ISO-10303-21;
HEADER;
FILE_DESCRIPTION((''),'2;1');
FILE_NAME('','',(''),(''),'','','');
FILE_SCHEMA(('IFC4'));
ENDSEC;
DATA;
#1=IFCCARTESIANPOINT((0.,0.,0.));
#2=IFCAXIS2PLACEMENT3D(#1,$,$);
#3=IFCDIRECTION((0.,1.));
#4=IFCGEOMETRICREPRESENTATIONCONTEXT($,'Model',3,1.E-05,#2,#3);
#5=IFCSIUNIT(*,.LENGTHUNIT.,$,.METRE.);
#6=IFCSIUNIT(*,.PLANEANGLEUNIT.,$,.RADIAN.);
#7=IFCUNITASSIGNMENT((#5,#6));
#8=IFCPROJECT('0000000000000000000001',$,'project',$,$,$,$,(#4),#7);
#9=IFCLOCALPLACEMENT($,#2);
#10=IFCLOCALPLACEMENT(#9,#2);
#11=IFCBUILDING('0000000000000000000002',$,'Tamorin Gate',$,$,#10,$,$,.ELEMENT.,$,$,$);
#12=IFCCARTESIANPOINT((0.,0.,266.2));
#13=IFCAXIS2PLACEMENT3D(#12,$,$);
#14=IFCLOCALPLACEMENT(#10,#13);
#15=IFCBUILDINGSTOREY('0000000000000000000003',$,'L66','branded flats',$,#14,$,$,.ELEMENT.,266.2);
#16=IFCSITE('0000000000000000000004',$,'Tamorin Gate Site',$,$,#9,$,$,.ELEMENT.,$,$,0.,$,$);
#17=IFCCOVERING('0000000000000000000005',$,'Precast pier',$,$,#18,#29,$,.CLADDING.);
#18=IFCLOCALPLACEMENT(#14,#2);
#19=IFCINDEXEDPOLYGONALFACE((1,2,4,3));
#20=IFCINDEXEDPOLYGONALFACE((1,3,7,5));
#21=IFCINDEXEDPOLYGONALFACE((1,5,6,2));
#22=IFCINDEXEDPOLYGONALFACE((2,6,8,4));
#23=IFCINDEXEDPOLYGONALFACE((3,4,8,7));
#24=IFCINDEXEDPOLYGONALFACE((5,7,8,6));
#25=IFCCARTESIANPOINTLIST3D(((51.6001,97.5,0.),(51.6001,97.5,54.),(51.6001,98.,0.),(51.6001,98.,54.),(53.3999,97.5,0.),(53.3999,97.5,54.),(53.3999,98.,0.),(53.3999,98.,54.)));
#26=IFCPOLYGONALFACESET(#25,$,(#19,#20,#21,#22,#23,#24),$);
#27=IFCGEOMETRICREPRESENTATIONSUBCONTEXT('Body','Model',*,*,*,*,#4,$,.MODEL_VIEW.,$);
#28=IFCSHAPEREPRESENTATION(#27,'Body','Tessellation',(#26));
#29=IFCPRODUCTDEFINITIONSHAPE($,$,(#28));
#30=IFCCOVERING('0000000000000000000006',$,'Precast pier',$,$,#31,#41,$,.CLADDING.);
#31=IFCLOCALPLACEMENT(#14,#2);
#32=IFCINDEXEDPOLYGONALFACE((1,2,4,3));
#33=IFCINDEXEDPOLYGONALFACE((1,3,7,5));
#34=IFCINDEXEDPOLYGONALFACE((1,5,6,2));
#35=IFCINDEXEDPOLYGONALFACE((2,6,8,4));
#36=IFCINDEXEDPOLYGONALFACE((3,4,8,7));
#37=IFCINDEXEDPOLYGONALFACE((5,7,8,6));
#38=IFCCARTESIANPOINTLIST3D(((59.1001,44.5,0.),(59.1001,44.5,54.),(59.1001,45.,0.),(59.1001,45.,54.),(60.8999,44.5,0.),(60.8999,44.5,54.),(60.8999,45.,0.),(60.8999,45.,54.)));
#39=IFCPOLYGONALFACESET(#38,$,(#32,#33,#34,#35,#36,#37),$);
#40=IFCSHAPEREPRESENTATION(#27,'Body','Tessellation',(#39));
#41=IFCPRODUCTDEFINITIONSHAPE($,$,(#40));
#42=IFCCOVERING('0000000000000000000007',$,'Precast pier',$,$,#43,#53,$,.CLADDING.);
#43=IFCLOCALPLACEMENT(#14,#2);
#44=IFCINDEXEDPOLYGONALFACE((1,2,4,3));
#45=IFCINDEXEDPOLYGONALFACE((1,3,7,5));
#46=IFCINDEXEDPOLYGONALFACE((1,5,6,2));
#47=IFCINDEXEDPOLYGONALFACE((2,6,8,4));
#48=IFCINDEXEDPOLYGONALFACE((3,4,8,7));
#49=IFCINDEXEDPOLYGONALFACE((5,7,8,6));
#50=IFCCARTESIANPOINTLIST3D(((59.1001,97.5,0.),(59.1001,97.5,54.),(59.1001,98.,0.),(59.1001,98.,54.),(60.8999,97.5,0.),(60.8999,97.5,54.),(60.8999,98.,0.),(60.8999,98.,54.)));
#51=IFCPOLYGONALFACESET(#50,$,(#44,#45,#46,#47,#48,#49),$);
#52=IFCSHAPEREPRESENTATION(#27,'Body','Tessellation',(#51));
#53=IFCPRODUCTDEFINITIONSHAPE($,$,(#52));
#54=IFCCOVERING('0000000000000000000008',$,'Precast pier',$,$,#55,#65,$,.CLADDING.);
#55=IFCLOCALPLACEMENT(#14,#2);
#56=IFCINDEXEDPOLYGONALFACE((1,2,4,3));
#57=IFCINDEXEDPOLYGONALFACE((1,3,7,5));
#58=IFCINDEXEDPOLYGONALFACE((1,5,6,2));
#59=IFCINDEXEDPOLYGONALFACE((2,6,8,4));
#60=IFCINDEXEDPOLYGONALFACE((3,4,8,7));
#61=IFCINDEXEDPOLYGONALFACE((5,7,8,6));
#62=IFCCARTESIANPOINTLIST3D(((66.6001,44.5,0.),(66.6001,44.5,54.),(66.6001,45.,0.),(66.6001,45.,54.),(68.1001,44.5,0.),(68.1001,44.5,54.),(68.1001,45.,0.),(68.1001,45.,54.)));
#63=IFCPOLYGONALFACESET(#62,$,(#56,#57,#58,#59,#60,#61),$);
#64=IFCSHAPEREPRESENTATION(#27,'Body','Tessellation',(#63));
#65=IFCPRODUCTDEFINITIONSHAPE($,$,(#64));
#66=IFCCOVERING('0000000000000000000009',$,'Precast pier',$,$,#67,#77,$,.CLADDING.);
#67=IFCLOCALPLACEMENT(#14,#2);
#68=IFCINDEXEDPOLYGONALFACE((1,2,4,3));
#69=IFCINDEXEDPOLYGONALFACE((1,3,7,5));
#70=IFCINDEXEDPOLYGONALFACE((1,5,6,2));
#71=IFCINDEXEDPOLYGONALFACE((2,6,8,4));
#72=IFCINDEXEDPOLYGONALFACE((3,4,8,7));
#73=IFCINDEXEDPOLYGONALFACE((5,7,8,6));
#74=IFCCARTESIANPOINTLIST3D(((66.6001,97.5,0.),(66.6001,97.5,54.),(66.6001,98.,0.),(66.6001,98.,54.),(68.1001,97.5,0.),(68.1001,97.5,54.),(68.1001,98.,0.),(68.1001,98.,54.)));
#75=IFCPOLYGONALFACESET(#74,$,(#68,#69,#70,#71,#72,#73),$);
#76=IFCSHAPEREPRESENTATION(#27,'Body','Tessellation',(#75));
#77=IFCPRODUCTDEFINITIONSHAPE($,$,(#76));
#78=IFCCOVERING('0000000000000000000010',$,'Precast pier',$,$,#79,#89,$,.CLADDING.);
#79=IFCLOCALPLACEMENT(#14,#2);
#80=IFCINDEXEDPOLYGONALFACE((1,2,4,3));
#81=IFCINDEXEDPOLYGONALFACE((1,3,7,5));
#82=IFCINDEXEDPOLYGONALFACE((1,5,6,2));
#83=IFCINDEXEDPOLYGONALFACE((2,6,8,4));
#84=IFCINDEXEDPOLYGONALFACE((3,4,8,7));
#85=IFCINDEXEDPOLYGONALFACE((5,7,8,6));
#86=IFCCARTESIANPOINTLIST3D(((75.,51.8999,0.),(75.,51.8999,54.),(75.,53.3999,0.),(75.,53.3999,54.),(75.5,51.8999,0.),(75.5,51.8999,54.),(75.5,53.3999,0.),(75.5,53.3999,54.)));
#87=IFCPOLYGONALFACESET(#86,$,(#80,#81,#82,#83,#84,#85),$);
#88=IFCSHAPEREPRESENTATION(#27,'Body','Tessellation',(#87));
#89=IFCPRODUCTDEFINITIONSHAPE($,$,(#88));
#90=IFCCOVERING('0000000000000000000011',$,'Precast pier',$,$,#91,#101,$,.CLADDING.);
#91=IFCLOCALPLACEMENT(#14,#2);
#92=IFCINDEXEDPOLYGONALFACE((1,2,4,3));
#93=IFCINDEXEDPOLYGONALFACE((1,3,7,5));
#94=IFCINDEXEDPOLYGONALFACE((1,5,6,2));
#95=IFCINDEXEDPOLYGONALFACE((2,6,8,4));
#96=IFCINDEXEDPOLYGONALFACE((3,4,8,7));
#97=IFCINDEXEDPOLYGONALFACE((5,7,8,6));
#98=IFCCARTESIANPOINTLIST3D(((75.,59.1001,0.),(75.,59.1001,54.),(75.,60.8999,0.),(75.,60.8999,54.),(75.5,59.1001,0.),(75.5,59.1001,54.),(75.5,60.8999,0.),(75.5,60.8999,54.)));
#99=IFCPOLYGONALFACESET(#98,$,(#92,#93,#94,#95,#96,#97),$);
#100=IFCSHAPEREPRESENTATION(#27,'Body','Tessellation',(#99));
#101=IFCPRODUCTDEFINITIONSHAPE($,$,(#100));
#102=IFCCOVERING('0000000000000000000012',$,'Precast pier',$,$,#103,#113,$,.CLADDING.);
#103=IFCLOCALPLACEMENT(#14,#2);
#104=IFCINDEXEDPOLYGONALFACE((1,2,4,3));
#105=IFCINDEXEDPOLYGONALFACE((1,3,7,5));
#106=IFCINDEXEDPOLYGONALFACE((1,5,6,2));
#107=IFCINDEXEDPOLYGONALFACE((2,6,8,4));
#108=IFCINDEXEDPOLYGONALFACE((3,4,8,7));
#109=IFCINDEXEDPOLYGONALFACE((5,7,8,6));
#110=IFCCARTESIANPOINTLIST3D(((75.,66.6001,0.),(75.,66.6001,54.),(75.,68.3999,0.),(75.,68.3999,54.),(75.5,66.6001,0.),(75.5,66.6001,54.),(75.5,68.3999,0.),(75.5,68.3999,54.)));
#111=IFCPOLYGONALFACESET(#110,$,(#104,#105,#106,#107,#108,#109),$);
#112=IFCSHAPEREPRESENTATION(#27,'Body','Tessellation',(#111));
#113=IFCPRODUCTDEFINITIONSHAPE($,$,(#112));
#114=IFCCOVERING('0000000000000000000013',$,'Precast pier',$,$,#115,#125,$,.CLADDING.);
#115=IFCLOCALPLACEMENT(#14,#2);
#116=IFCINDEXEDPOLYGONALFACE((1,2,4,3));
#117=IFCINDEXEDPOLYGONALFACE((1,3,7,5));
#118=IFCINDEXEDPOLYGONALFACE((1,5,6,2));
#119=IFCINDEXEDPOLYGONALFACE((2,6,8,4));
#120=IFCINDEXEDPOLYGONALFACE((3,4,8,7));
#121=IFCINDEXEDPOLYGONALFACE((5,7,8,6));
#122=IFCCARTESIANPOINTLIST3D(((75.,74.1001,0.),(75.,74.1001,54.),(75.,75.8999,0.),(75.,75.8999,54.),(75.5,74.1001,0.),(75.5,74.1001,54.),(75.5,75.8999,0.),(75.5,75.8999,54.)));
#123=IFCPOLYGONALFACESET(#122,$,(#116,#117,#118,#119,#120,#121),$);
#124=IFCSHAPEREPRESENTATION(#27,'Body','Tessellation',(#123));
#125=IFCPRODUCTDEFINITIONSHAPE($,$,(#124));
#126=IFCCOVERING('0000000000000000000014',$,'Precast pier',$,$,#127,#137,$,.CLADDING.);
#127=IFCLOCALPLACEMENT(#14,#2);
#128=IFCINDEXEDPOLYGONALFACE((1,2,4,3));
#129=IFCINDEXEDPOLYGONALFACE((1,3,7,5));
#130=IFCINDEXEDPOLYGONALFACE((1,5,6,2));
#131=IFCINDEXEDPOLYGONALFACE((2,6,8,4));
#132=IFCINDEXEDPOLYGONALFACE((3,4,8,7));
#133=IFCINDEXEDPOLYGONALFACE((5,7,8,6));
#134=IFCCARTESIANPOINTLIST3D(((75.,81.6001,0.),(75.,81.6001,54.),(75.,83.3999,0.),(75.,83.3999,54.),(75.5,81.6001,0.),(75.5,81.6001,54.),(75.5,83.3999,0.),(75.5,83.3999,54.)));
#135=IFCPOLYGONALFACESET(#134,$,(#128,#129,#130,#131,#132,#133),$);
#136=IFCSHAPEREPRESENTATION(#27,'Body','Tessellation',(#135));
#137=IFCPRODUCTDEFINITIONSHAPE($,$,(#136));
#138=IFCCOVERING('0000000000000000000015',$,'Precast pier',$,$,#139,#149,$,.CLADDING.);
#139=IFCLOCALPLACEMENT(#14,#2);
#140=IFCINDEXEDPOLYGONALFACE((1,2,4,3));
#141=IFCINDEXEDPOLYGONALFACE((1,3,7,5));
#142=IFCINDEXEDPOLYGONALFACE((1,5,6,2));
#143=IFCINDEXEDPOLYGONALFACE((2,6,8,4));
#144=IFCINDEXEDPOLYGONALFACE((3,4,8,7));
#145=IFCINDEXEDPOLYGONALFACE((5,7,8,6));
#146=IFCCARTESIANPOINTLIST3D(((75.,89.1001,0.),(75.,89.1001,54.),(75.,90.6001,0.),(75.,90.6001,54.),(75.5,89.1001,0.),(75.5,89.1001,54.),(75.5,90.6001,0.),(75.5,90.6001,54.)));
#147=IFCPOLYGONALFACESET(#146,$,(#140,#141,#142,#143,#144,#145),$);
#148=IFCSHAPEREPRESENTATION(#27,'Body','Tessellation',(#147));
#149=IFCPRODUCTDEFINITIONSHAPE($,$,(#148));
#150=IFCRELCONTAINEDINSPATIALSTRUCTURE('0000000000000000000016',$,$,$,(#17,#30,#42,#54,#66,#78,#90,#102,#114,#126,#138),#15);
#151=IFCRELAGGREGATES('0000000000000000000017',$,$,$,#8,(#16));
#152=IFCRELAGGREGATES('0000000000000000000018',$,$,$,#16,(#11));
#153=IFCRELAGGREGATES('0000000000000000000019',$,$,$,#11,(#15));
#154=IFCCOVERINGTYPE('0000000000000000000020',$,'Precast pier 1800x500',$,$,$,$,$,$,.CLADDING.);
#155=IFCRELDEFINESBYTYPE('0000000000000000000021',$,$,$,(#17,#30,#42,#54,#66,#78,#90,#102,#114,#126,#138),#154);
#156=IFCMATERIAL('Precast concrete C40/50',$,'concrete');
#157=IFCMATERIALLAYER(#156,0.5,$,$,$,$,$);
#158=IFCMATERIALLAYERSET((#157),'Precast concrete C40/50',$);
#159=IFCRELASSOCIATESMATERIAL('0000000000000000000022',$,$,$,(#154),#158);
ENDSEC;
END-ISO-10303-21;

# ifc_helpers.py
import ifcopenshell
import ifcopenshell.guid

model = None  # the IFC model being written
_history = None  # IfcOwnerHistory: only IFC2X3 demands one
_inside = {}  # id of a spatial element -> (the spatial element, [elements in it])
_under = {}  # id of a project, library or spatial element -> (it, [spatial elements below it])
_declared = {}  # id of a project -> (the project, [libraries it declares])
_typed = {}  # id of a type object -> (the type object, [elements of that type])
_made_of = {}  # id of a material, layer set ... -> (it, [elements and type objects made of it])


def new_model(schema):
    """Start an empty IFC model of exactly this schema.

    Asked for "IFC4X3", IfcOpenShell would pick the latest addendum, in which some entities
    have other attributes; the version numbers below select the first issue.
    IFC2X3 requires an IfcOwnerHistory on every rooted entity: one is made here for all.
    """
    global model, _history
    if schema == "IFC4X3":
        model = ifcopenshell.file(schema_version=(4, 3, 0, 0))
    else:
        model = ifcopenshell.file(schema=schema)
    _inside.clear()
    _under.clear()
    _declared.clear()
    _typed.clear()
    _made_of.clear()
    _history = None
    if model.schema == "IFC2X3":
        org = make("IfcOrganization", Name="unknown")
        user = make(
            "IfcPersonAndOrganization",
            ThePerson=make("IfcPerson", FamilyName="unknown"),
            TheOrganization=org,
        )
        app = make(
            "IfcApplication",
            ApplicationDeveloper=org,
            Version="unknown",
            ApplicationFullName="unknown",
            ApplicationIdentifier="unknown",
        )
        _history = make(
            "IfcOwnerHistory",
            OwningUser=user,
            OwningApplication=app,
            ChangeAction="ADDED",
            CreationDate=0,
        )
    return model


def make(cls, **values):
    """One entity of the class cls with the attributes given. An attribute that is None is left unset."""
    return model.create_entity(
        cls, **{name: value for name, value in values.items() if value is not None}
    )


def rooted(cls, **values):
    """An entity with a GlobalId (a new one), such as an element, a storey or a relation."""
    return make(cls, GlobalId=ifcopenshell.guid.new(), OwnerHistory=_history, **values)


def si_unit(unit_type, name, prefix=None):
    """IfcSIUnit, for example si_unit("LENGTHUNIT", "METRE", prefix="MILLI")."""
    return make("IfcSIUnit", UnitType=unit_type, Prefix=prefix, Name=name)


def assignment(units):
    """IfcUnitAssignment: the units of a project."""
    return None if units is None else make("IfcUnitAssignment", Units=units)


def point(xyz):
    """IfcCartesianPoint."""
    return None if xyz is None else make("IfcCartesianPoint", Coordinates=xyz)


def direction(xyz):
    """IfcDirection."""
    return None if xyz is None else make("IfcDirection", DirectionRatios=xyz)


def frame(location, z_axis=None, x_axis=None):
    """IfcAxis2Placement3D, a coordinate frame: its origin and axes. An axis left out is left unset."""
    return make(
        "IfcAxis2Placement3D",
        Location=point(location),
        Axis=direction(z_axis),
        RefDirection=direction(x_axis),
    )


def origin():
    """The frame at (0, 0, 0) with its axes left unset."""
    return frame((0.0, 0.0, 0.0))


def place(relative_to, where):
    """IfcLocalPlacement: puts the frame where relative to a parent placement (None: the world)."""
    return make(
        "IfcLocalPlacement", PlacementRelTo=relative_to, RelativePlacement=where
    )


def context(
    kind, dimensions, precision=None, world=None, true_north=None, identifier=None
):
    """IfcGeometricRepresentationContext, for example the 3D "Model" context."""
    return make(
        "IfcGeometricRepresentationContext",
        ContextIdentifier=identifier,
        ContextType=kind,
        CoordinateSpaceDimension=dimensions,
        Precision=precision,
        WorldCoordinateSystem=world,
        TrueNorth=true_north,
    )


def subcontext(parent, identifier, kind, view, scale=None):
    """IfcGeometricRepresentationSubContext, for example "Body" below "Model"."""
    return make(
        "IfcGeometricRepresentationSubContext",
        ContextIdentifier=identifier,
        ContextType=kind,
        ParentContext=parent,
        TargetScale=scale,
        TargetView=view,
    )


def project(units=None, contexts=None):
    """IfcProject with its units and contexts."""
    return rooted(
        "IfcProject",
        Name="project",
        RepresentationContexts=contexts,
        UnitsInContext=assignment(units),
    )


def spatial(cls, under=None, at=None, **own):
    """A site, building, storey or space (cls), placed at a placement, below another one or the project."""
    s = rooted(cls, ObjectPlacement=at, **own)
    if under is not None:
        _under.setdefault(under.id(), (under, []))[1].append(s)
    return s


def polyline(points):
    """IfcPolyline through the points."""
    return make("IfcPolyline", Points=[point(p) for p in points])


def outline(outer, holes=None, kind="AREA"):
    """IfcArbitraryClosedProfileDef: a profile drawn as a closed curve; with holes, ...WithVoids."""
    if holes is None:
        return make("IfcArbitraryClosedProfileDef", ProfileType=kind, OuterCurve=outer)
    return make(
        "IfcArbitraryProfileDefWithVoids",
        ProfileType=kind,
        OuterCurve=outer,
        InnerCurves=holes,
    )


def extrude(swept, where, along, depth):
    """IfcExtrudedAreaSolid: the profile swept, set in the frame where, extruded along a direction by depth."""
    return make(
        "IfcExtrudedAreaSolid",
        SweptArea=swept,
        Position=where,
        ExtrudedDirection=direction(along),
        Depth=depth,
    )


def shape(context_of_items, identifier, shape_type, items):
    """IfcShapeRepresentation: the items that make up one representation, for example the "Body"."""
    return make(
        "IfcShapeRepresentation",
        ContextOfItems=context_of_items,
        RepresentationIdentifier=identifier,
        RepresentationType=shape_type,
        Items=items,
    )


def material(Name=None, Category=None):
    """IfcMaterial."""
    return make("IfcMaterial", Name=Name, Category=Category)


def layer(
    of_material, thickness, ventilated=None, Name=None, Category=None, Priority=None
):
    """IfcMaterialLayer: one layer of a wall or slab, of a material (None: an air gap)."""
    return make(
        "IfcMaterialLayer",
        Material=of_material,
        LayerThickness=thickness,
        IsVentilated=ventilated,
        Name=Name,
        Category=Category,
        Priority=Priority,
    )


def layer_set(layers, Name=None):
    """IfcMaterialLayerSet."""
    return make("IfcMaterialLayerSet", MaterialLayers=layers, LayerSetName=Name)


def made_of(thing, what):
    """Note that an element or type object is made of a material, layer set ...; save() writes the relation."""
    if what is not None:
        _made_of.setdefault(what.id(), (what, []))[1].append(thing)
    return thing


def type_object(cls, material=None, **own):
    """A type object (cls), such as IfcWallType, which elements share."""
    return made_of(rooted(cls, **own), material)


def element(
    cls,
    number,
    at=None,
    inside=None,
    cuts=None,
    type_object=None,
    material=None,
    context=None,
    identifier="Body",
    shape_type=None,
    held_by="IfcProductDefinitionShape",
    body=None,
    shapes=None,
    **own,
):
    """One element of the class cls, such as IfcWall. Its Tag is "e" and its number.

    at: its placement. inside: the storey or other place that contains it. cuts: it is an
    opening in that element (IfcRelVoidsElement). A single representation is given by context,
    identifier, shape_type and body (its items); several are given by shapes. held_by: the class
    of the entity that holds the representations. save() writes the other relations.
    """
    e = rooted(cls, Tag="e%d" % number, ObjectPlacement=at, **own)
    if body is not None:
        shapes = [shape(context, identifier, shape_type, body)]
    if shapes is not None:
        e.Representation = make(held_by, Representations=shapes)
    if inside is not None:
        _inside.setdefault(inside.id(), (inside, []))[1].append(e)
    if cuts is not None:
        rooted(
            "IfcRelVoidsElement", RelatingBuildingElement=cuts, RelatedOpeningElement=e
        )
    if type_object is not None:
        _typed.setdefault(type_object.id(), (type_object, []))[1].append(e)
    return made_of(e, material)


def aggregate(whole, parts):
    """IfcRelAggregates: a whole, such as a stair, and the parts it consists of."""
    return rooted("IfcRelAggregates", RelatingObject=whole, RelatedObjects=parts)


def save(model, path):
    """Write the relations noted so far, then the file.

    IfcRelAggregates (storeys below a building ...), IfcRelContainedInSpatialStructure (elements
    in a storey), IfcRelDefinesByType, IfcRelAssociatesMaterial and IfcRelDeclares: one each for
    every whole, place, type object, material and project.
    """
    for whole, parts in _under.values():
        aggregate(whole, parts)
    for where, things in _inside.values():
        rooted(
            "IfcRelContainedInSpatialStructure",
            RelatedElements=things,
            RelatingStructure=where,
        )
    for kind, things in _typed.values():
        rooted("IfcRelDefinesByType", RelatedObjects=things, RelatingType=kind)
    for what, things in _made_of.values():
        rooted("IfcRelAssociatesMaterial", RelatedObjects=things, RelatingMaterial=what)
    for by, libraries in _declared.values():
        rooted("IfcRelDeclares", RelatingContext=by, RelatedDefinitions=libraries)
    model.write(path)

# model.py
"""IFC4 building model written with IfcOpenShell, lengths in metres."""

from ifc_helpers import new_model, si_unit, direction, frame, origin, place, context, subcontext, project, spatial, polyline, outline, extrude, material, layer, layer_set, type_object, element, save


model = new_model("IFC4")

# Units and contexts
model_context = context("Model", 3, precision=1e-05, world=origin(), true_north=direction((0.0, 1.0)))
body_context = subcontext(model_context, "Body", "Model", "MODEL_VIEW")
ifc_project = project(units=[si_unit("LENGTHUNIT", "METRE"), si_unit("PLANEANGLEUNIT", "RADIAN")], contexts=[model_context])

# Site, building, storey
site_placement = place(None, origin())
site = spatial("IfcSite", under=ifc_project, at=site_placement, Name="Tamorin Gate Site", CompositionType="ELEMENT", RefElevation=0.0)
building_placement = place(site_placement, origin())
building = spatial("IfcBuilding", under=site, at=building_placement, Name="Tamorin Gate", CompositionType="ELEMENT")
storey_placement = place(building_placement, frame((0.0, 0.0, 266.2)))
storey = spatial("IfcBuildingStorey", under=building, at=storey_placement, Name="L66", Description="branded flats", CompositionType="ELEMENT", Elevation=266.2)

# Coverings
ifc_material_1 = material(Name="Precast concrete C40/50", Category="concrete")
ifc_layer_1 = layer(ifc_material_1, 0.5)
ifc_layer_set_1 = layer_set([ifc_layer_1], Name="Precast concrete C40/50")
covering_type_1 = type_object("IfcCoveringType", Name="Precast pier 1800x500", PredefinedType="CLADDING", material=ifc_layer_set_1)
covering_1_placement = place(storey_placement, origin())
element("IfcCovering", 1, at=covering_1_placement, inside=storey, type_object=covering_type_1, Name="Precast pier", PredefinedType="CLADDING", context=body_context, shape_type="SweptSolid", body=[
    extrude(outline(polyline([(53.3999, 97.5), (51.6001, 97.5), (51.6001, 98.0), (53.3999, 98.0), (53.3999, 97.5)])), origin(), (0.0, 0.0, 1.0), 54.0),
])
covering_2_placement = place(storey_placement, origin())
element("IfcCovering", 2, at=covering_2_placement, inside=storey, type_object=covering_type_1, Name="Precast pier", PredefinedType="CLADDING", context=body_context, shape_type="SweptSolid", body=[
    extrude(outline(polyline([(59.1001, 45.0), (60.8999, 45.0), (60.8999, 44.5), (59.1001, 44.5), (59.1001, 45.0)])), origin(), (0.0, 0.0, 1.0), 54.0),
])
covering_3_placement = place(storey_placement, origin())
element("IfcCovering", 3, at=covering_3_placement, inside=storey, type_object=covering_type_1, Name="Precast pier", PredefinedType="CLADDING", context=body_context, shape_type="SweptSolid", body=[
    extrude(outline(polyline([(60.8999, 97.5), (59.1001, 97.5), (59.1001, 98.0), (60.8999, 98.0), (60.8999, 97.5)])), origin(), (0.0, 0.0, 1.0), 54.0),
])
covering_4_placement = place(storey_placement, origin())
element("IfcCovering", 4, at=covering_4_placement, inside=storey, type_object=covering_type_1, Name="Precast pier", PredefinedType="CLADDING", context=body_context, shape_type="SweptSolid", body=[
    extrude(outline(polyline([(68.1001, 45.0), (68.1001, 44.5), (66.6001, 44.5), (66.6001, 45.0), (68.1001, 45.0)])), origin(), (0.0, 0.0, 1.0), 54.0),
])
covering_5_placement = place(storey_placement, origin())
element("IfcCovering", 5, at=covering_5_placement, inside=storey, type_object=covering_type_1, Name="Precast pier", PredefinedType="CLADDING", context=body_context, shape_type="SweptSolid", body=[
    extrude(outline(polyline([(66.6001, 97.5), (66.6001, 98.0), (68.1001, 98.0), (68.1001, 97.5), (66.6001, 97.5)])), origin(), (0.0, 0.0, 1.0), 54.0),
])
covering_6_placement = place(storey_placement, origin())
element("IfcCovering", 6, at=covering_6_placement, inside=storey, type_object=covering_type_1, Name="Precast pier", PredefinedType="CLADDING", context=body_context, shape_type="SweptSolid", body=[
    extrude(outline(polyline([(75.0, 53.3999), (75.5, 53.3999), (75.5, 51.8999), (75.0, 51.8999), (75.0, 53.3999)])), origin(), (0.0, 0.0, 1.0), 54.0),
])
covering_7_placement = place(storey_placement, origin())
element("IfcCovering", 7, at=covering_7_placement, inside=storey, type_object=covering_type_1, Name="Precast pier", PredefinedType="CLADDING", context=body_context, shape_type="SweptSolid", body=[
    extrude(outline(polyline([(75.0, 59.1001), (75.0, 60.8999), (75.5, 60.8999), (75.5, 59.1001), (75.0, 59.1001)])), origin(), (0.0, 0.0, 1.0), 54.0),
])
covering_8_placement = place(storey_placement, origin())
element("IfcCovering", 8, at=covering_8_placement, inside=storey, type_object=covering_type_1, Name="Precast pier", PredefinedType="CLADDING", context=body_context, shape_type="SweptSolid", body=[
    extrude(outline(polyline([(75.0, 66.6001), (75.0, 68.3999), (75.5, 68.3999), (75.5, 66.6001), (75.0, 66.6001)])), origin(), (0.0, 0.0, 1.0), 54.0),
])
covering_9_placement = place(storey_placement, origin())
element("IfcCovering", 9, at=covering_9_placement, inside=storey, type_object=covering_type_1, Name="Precast pier", PredefinedType="CLADDING", context=body_context, shape_type="SweptSolid", body=[
    extrude(outline(polyline([(75.0, 74.1001), (75.0, 75.8999), (75.5, 75.8999), (75.5, 74.1001), (75.0, 74.1001)])), origin(), (0.0, 0.0, 1.0), 54.0),
])
covering_10_placement = place(storey_placement, origin())
element("IfcCovering", 10, at=covering_10_placement, inside=storey, type_object=covering_type_1, Name="Precast pier", PredefinedType="CLADDING", context=body_context, shape_type="SweptSolid", body=[
    extrude(outline(polyline([(75.0, 81.6001), (75.0, 83.3999), (75.5, 83.3999), (75.5, 81.6001), (75.0, 81.6001)])), origin(), (0.0, 0.0, 1.0), 54.0),
])
covering_11_placement = place(storey_placement, origin())
element("IfcCovering", 11, at=covering_11_placement, inside=storey, type_object=covering_type_1, Name="Precast pier", PredefinedType="CLADDING", context=body_context, shape_type="SweptSolid", body=[
    extrude(outline(polyline([(75.0, 90.6001), (75.5, 90.6001), (75.5, 89.1001), (75.0, 89.1001), (75.0, 90.6001)])), origin(), (0.0, 0.0, 1.0), 54.0),
])

save(model, "model.ifc")
